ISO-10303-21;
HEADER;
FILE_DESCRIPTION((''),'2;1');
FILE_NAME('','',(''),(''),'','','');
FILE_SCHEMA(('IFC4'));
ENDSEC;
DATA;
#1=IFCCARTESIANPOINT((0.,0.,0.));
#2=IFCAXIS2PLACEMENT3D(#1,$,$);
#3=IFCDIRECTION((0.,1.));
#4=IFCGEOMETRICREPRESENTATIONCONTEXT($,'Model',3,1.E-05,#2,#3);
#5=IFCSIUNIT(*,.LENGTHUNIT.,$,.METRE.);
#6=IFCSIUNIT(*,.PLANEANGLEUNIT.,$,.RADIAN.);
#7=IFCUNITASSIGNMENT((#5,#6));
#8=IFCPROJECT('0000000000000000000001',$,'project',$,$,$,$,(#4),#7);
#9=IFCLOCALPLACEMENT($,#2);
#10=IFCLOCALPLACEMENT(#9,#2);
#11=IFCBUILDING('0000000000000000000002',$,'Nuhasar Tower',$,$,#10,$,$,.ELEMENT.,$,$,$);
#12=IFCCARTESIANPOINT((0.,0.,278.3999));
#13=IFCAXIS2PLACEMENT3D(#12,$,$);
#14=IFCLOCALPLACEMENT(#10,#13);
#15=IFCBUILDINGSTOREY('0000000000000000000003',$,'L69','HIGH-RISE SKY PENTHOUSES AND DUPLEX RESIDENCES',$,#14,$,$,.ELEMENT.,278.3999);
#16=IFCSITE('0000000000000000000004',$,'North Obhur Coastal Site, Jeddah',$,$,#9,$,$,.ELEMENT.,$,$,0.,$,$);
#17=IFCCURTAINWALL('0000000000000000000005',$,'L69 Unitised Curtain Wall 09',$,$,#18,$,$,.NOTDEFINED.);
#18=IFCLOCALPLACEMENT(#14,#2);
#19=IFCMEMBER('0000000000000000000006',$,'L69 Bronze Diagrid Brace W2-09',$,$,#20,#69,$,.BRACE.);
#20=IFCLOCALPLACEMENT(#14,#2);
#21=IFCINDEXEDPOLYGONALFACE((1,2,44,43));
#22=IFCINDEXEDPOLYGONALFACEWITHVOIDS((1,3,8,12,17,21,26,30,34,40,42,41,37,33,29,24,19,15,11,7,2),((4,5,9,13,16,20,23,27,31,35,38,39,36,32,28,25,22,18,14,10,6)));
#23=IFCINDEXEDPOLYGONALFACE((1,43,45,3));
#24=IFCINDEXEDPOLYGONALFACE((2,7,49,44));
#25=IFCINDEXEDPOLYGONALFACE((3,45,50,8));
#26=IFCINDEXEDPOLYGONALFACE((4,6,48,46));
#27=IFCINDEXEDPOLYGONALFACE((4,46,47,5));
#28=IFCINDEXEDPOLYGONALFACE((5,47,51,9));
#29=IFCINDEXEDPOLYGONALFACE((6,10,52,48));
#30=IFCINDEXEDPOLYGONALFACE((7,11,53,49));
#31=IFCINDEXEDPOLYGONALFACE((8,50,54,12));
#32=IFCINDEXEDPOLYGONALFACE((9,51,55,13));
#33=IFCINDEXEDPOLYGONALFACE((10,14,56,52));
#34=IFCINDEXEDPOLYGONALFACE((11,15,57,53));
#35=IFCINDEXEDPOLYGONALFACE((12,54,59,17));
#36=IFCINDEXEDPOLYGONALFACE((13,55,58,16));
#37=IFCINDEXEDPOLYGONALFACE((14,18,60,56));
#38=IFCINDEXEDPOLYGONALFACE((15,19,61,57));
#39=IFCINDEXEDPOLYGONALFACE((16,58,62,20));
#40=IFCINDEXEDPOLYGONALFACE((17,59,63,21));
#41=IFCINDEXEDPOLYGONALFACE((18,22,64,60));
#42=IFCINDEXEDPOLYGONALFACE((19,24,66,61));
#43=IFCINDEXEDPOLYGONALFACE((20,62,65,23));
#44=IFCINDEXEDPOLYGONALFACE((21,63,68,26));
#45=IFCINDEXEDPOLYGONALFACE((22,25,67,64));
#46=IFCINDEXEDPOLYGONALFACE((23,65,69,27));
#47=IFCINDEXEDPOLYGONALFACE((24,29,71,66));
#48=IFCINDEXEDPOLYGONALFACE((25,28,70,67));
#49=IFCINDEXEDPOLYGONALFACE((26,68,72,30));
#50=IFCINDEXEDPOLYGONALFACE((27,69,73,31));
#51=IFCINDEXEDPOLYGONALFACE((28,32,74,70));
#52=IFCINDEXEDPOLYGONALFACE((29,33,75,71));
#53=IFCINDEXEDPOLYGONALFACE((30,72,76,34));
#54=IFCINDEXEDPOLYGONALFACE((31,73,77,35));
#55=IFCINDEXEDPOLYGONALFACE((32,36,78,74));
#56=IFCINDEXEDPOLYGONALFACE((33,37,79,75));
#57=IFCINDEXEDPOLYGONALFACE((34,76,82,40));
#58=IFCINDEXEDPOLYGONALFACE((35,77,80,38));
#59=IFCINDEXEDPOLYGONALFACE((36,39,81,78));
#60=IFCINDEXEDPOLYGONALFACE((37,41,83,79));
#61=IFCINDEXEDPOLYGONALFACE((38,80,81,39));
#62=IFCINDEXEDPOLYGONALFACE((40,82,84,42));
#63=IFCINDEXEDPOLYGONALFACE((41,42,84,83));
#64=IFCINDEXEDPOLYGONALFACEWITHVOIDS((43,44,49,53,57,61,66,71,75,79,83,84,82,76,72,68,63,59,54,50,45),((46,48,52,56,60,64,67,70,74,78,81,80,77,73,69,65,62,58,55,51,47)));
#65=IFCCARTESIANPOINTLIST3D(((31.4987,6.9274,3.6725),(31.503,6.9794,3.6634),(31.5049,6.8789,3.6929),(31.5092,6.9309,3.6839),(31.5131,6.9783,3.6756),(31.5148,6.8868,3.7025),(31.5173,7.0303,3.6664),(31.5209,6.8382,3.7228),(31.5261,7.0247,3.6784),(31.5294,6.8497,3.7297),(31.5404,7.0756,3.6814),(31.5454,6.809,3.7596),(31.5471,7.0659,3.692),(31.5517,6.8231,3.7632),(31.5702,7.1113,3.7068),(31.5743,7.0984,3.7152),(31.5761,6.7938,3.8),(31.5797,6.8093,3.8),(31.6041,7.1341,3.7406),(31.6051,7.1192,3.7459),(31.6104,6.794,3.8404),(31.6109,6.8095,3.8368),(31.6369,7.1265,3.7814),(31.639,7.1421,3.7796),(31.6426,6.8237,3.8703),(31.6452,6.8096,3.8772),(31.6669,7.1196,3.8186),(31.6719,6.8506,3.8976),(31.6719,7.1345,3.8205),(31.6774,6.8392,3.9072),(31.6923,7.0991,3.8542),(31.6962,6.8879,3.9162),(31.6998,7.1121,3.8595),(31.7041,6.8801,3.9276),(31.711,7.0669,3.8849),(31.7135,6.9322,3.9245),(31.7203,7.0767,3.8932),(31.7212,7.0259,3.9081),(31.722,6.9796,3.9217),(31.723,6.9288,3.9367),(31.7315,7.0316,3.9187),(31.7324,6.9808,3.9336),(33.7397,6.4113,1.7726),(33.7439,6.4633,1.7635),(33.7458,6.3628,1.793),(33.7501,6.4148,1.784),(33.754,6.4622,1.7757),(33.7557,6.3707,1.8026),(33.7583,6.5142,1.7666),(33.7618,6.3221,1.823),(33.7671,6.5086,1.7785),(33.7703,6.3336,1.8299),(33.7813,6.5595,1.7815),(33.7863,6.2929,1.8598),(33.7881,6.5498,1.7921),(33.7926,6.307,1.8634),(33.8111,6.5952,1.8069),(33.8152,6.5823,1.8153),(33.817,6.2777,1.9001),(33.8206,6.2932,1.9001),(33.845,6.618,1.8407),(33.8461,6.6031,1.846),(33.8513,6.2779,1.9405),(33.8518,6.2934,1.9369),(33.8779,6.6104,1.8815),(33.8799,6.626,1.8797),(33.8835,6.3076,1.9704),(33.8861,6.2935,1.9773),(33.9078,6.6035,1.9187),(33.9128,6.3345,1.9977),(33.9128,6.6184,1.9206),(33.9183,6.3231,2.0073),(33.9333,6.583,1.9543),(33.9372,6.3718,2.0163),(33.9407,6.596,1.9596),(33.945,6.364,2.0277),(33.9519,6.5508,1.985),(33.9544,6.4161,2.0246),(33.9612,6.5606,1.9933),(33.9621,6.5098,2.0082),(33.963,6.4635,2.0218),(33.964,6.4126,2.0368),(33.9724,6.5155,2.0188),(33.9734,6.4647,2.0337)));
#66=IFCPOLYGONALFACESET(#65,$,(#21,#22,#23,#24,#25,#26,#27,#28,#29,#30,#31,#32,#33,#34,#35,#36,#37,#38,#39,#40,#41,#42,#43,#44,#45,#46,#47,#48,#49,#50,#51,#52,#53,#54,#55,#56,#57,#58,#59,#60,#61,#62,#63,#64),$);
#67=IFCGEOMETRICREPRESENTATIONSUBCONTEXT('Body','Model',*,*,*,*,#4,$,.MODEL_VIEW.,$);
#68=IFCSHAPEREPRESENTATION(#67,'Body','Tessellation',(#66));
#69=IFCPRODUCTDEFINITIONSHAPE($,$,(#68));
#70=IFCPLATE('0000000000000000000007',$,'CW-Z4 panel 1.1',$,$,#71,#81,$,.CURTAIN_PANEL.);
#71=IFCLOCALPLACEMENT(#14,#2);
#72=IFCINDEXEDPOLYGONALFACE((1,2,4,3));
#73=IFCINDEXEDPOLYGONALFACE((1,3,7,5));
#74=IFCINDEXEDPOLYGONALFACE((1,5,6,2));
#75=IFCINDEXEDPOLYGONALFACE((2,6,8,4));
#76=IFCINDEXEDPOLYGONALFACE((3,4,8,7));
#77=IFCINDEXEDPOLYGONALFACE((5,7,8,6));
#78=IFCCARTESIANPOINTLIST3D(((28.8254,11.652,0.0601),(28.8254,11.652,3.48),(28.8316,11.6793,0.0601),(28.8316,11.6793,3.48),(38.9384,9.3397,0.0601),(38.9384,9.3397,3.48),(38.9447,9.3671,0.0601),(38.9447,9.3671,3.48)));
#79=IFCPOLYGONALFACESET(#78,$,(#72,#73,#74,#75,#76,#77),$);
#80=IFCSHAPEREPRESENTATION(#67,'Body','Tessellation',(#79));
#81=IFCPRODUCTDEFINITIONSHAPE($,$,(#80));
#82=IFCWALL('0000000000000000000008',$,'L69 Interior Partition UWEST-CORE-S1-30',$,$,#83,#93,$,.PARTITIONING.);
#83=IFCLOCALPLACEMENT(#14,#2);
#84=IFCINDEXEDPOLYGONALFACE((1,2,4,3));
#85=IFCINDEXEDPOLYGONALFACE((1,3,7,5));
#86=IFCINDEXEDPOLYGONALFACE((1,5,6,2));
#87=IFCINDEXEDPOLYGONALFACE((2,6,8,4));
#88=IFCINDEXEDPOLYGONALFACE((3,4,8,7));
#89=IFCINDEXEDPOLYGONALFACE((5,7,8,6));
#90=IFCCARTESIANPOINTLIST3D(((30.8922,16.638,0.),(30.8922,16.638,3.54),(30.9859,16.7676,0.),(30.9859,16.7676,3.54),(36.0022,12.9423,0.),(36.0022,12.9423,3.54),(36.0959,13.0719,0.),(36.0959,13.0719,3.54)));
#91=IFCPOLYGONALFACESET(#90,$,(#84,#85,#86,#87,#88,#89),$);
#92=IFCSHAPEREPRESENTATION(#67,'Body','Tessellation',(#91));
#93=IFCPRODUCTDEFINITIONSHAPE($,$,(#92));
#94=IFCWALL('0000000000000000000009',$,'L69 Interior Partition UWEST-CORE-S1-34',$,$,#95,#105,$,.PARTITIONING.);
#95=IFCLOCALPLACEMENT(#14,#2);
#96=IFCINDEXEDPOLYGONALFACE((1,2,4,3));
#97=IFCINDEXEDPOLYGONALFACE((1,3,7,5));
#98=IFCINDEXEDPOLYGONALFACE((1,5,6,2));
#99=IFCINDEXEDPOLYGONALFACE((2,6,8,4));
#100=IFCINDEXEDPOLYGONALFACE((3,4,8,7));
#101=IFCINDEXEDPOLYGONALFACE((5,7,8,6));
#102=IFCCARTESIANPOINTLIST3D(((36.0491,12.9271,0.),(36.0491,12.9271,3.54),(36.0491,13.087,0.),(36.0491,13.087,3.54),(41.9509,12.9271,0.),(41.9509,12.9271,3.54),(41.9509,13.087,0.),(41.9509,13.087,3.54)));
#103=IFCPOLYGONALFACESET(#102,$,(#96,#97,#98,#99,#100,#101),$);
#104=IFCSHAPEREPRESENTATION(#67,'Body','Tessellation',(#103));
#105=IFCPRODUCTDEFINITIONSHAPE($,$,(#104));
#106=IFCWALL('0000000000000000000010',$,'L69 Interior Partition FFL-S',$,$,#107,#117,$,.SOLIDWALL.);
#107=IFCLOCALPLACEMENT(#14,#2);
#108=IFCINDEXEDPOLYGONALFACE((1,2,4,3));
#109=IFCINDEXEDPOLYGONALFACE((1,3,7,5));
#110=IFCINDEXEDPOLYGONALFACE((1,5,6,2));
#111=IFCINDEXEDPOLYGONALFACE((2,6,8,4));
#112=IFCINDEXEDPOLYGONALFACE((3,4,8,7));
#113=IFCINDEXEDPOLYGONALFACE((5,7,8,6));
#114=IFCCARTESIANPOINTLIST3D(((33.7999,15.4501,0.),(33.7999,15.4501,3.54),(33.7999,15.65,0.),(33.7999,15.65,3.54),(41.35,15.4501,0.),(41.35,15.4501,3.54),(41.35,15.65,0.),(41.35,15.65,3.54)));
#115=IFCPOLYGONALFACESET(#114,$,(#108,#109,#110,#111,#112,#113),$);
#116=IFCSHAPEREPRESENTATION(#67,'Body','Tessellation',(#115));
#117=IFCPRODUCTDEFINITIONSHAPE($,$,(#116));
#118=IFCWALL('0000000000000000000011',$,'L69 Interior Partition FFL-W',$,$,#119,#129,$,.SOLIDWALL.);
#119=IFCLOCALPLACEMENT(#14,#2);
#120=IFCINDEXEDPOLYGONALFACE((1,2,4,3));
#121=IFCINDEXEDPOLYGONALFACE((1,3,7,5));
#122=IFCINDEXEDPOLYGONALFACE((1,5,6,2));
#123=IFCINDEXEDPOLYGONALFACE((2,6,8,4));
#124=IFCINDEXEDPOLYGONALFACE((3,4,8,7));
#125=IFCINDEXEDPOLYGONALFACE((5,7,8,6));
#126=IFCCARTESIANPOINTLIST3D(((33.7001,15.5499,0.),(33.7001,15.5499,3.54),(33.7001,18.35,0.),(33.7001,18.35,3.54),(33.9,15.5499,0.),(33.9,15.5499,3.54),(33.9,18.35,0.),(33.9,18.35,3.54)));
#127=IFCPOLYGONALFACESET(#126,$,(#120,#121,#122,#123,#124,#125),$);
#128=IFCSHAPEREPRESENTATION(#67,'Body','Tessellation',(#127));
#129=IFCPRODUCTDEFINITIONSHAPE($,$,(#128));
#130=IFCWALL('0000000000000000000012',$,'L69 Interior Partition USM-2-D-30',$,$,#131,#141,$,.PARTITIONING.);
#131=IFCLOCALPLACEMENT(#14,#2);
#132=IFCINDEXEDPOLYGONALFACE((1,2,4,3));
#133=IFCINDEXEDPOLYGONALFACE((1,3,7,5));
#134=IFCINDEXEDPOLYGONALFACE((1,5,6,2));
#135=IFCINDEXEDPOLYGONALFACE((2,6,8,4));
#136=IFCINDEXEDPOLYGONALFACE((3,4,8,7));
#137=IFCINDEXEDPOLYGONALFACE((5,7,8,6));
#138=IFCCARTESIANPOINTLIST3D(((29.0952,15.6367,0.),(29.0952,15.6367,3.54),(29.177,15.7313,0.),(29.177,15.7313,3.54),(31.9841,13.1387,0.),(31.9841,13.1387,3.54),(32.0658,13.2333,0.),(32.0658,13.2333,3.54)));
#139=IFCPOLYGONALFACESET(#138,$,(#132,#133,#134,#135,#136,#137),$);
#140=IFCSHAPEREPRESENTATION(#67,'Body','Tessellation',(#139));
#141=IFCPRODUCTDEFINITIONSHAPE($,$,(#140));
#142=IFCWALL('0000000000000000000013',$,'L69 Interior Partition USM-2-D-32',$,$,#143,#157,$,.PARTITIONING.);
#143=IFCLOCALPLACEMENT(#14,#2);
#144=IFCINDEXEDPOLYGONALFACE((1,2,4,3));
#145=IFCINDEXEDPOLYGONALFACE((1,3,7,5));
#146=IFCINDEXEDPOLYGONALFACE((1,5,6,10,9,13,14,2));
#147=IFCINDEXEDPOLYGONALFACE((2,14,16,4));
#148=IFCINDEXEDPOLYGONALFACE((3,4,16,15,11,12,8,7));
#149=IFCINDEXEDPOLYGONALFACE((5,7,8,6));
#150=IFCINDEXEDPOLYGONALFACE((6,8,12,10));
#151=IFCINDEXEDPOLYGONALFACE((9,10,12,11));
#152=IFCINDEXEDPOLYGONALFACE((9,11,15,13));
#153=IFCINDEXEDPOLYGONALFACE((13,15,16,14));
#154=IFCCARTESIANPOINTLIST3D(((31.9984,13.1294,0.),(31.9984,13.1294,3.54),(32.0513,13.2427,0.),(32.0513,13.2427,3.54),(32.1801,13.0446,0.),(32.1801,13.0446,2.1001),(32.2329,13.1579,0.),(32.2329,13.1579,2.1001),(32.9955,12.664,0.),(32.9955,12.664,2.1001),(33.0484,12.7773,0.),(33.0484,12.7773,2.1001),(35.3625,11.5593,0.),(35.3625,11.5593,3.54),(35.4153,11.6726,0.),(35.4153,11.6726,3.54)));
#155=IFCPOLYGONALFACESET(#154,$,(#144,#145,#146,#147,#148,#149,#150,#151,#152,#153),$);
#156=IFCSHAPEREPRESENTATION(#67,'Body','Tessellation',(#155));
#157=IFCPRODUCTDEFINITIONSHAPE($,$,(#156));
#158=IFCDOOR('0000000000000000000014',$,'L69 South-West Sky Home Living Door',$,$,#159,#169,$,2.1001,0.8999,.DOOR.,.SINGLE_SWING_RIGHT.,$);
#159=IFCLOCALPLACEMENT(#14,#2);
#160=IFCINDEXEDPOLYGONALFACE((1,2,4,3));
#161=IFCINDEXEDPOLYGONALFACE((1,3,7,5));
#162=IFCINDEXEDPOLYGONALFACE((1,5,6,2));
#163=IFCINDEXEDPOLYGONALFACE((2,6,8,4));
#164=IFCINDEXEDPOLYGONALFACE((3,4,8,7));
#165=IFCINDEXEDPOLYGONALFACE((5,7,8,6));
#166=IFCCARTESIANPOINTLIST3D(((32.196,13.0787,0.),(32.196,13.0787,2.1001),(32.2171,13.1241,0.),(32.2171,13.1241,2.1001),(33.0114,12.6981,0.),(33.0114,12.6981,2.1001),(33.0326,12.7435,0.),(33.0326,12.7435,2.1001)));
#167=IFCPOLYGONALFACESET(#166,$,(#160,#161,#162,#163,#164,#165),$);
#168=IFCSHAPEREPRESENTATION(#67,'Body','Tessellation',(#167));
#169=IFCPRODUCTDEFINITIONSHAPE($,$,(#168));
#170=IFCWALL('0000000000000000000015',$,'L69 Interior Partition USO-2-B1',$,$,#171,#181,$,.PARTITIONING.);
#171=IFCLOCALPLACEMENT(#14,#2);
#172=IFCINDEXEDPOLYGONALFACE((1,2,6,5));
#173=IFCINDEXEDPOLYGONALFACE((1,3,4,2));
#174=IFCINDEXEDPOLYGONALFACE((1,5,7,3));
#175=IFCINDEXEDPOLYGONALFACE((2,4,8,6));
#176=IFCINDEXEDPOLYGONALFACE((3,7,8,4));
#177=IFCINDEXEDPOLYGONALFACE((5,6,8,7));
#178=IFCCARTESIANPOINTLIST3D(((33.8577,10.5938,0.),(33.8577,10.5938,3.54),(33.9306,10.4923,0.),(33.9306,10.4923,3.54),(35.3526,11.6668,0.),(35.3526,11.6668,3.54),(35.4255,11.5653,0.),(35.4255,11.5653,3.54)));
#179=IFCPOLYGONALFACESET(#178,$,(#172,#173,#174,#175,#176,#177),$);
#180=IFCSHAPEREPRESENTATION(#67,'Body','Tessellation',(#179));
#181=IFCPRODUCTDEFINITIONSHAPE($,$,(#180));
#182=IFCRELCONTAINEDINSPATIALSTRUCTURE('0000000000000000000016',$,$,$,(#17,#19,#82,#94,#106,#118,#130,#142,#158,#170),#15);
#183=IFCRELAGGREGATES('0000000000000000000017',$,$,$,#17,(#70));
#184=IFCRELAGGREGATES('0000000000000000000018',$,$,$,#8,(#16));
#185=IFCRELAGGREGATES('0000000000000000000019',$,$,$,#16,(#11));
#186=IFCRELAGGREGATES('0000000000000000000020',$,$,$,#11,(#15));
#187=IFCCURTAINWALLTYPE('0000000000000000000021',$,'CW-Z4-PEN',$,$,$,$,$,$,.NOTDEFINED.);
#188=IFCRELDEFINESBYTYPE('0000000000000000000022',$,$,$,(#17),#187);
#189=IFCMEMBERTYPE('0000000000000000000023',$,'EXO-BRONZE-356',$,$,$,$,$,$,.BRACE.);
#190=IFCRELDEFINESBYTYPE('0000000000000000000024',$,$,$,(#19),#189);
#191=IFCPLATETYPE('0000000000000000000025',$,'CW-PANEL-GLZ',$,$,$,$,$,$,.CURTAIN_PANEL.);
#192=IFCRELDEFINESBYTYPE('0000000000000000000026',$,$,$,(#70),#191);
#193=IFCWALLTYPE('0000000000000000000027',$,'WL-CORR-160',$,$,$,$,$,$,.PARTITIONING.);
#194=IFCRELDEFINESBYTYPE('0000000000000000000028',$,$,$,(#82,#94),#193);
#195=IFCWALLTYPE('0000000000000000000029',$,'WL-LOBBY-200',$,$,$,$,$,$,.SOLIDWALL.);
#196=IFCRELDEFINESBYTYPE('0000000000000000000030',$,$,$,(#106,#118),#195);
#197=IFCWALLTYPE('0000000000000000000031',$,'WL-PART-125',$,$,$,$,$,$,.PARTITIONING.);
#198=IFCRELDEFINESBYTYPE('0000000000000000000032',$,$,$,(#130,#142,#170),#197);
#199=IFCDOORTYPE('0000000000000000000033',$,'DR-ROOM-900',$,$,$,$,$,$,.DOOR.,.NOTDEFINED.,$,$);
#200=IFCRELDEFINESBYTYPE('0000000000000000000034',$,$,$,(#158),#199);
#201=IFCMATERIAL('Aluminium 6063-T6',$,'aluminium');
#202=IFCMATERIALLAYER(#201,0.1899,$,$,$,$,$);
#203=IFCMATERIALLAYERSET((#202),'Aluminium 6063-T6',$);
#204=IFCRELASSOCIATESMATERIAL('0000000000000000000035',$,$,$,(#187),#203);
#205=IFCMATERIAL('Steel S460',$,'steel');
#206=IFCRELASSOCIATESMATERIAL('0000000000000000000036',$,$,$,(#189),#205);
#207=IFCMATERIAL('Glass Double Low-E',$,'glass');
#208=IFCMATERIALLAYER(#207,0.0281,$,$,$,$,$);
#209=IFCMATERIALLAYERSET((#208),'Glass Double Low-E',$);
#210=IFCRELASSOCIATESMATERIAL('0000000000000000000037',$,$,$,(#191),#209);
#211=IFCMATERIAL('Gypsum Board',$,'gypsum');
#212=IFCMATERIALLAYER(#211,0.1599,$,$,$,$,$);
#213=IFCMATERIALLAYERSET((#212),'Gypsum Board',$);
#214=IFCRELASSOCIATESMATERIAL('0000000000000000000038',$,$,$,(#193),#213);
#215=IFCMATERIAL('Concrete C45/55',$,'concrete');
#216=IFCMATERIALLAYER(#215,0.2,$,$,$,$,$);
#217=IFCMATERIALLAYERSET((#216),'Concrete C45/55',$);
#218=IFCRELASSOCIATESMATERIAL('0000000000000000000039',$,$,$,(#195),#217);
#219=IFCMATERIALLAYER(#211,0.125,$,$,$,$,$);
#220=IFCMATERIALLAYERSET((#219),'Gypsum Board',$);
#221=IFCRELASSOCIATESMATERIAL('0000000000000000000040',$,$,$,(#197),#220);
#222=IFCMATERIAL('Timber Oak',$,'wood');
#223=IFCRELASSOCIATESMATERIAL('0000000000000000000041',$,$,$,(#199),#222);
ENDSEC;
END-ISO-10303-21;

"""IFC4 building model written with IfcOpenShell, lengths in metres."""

from ifc_helpers import new_model, si_unit, direction, frame, frame_2d, origin, origin_2d, place, context, subcontext, project, spatial, rectangle, hollow_circle, extrude, material, layer, layer_set, material_profile, profile_set, type_object, element, fill, aggregate, save


model = new_model("IFC4")

# Units and contexts
model_context = context("Model", 3, precision=1e-05, world=origin(), true_north=direction((0.0, 1.0)))
body_context = subcontext(model_context, "Body", "Model", "MODEL_VIEW")
ifc_project = project(units=[si_unit("LENGTHUNIT", "METRE"), si_unit("PLANEANGLEUNIT", "RADIAN")], contexts=[model_context])

# Site, building, storey
site_placement = place(None, origin())
site = spatial("IfcSite", under=ifc_project, at=site_placement, Name="North Obhur Coastal Site, Jeddah", CompositionType="ELEMENT", RefElevation=0.0)
building_placement = place(site_placement, origin())
building = spatial("IfcBuilding", under=site, at=building_placement, Name="Nuhasar Tower", CompositionType="ELEMENT")
storey_placement = place(building_placement, frame((0.0, 0.0, 278.3999)))
storey = spatial("IfcBuildingStorey", under=building, at=storey_placement, Name="L69", Description="HIGH-RISE SKY PENTHOUSES AND DUPLEX RESIDENCES", CompositionType="ELEMENT", Elevation=278.3999)

# Curtain wall
ifc_material_1 = material(Name="Aluminium 6063-T6", Category="aluminium")
ifc_layer_1 = layer(ifc_material_1, 0.1899)
ifc_layer_set_1 = layer_set([ifc_layer_1], Name="Aluminium 6063-T6")
curtain_wall_type = type_object("IfcCurtainWallType", Name="CW-Z4-PEN", PredefinedType="NOTDEFINED", material=ifc_layer_set_1)
curtain_wall_placement = place(storey_placement, origin())
curtain_wall = element("IfcCurtainWall", 1, at=curtain_wall_placement, inside=storey, type_object=curtain_wall_type, Name="L69 Unitised Curtain Wall 09", PredefinedType="NOTDEFINED")

# Member
ifc_material_2 = material(Name="Steel S460", Category="steel")
ifc_material_profile_1 = material_profile(ifc_material_2, hollow_circle(Radius=0.1777, WallThickness=0.0159, at=origin_2d()), Name="HSS355.6X15.9")
ifc_profile_set_1 = profile_set([ifc_material_profile_1], Name="Steel S460")
member_type_1 = type_object("IfcMemberType", Name="EXO-BRONZE-356", PredefinedType="BRACE", material=ifc_profile_set_1)
member_1_placement = place(storey_placement, frame((33.8569, 6.4509, 1.9001), z_axis=(-0.751261, 0.173022, 0.636923), x_axis=(-0.224433, -0.97449, 0.0)))
element("IfcMember", 2, at=member_1_placement, inside=storey, type_object=member_type_1, Name="L69 Bronze Diagrid Brace W2-09", PredefinedType="BRACE", context=body_context, shape_type="SweptSolid", body=[
    extrude(hollow_circle(Radius=0.1777, WallThickness=0.0159, at=origin_2d()), origin(), (0.0, 0.0, 1.0), 2.9829),
])

# Plate
ifc_material_3 = material(Name="Glass Double Low-E", Category="glass")
ifc_layer_2 = layer(ifc_material_3, 0.0281)
ifc_layer_set_2 = layer_set([ifc_layer_2], Name="Glass Double Low-E")
plate_type = type_object("IfcPlateType", Name="CW-PANEL-GLZ", PredefinedType="CURTAIN_PANEL", material=ifc_layer_set_2)
plate_placement = place(storey_placement, frame((33.885, 10.5095, 0.0601), z_axis=(0.0, 0.0, 1.0), x_axis=(0.974844, -0.222889, 0.0)))
plate = element("IfcPlate", 3, at=plate_placement, type_object=plate_type, Name="CW-Z4 panel 1.1", PredefinedType="CURTAIN_PANEL", context=body_context, shape_type="SweptSolid", body=[
    extrude(rectangle(XDim=10.374, YDim=0.0281, at=origin_2d()), origin(), (0.0, 0.0, 1.0), 3.4199),
])
aggregate(curtain_wall, [plate])

# Walls
ifc_material_4 = material(Name="Gypsum Board", Category="gypsum")
ifc_layer_3 = layer(ifc_material_4, 0.1599)
ifc_layer_set_3 = layer_set([ifc_layer_3], Name="Gypsum Board")
wall_type_1 = type_object("IfcWallType", Name="WL-CORR-160", PredefinedType="PARTITIONING", material=ifc_layer_set_3)
wall_1_placement = place(storey_placement, frame((30.939, 16.7029, 0.0), z_axis=(0.0, 0.0, 1.0), x_axis=(0.81029, -0.586029, 0.0)))
element("IfcWall", 4, at=wall_1_placement, inside=storey, type_object=wall_type_1, Name="L69 Interior Partition UWEST-CORE-S1-30", PredefinedType="PARTITIONING", context=body_context, shape_type="SweptSolid", body=[
    extrude(rectangle(XDim=6.3064, YDim=0.1599, at=frame_2d((3.1533, 0.0))), origin(), (0.0, 0.0, 1.0), 3.54),
])
wall_2_placement = place(storey_placement, frame((36.0491, 13.0071, 0.0), z_axis=(0.0, 0.0, 1.0), x_axis=(1.0, 0.0, 0.0)))
element("IfcWall", 5, at=wall_2_placement, inside=storey, type_object=wall_type_1, Name="L69 Interior Partition UWEST-CORE-S1-34", PredefinedType="PARTITIONING", context=body_context, shape_type="SweptSolid", body=[
    extrude(rectangle(XDim=5.9019, YDim=0.1599, at=frame_2d((2.9509, 0.0))), origin(), (0.0, 0.0, 1.0), 3.54),
])
ifc_material_5 = material(Name="Concrete C45/55", Category="concrete")
ifc_layer_4 = layer(ifc_material_5, 0.2)
ifc_layer_set_4 = layer_set([ifc_layer_4], Name="Concrete C45/55")
wall_type_2 = type_object("IfcWallType", Name="WL-LOBBY-200", PredefinedType="SOLIDWALL", material=ifc_layer_set_4)
wall_3_placement = place(storey_placement, frame((33.8, 15.55, 0.0), z_axis=(0.0, 0.0, 1.0), x_axis=(1.0, 0.0, 0.0)))
element("IfcWall", 6, at=wall_3_placement, inside=storey, type_object=wall_type_2, Name="L69 Interior Partition FFL-S", PredefinedType="SOLIDWALL", context=body_context, shape_type="SweptSolid", body=[
    extrude(rectangle(XDim=7.55, YDim=0.2, at=frame_2d((3.7749, 0.0))), origin(), (0.0, 0.0, 1.0), 3.54),
])
wall_4_placement = place(storey_placement, frame((33.8, 15.55, 0.0), z_axis=(0.0, 0.0, 1.0), x_axis=(0.0, 1.0, 0.0)))
element("IfcWall", 7, at=wall_4_placement, inside=storey, type_object=wall_type_2, Name="L69 Interior Partition FFL-W", PredefinedType="SOLIDWALL", context=body_context, shape_type="SweptSolid", body=[
    extrude(rectangle(XDim=2.8, YDim=0.2, at=frame_2d((1.3999, 0.0))), origin(), (0.0, 0.0, 1.0), 3.54),
])
ifc_layer_5 = layer(ifc_material_4, 0.125)
ifc_layer_set_5 = layer_set([ifc_layer_5], Name="Gypsum Board")
wall_type_3 = type_object("IfcWallType", Name="WL-PART-125", PredefinedType="PARTITIONING", material=ifc_layer_set_5)
wall_5_placement = place(storey_placement, frame((29.136, 15.6841, 0.0), z_axis=(0.0, 0.0, 1.0), x_axis=(0.756425, -0.654081, 0.0)))
element("IfcWall", 8, at=wall_5_placement, inside=storey, type_object=wall_type_3, Name="L69 Interior Partition USM-2-D-30", PredefinedType="PARTITIONING", context=body_context, shape_type="SweptSolid", body=[
    extrude(rectangle(XDim=3.8191, YDim=0.125, at=frame_2d((1.9097, 0.0))), origin(), (0.0, 0.0, 1.0), 3.54),
])

# Wall, opening, door
wall_6_placement = place(storey_placement, frame((35.3889, 11.616, 0.0), z_axis=(0.0, 0.0, 1.0), x_axis=(-0.906163, 0.422929, 0.0)))
wall_6 = element("IfcWall", 9, at=wall_6_placement, inside=storey, type_object=wall_type_3, Name="L69 Interior Partition USM-2-D-32", PredefinedType="PARTITIONING", context=body_context, shape_type="SweptSolid", body=[
    extrude(rectangle(XDim=3.7124, YDim=0.125, at=frame_2d((1.8562, 0.0))), origin(), (0.0, 0.0, 1.0), 3.54),
])
opening_placement = place(wall_6_placement, frame((2.6121, 0.0, 0.0)))
opening = element("IfcOpeningElement", 10, at=opening_placement, cuts=wall_6, PredefinedType="OPENING", context=body_context, shape_type="SweptSolid", body=[
    extrude(rectangle(XDim=0.8999, YDim=2.1001, at=frame_2d((0.45, 1.05))), frame((0.0, 0.0725, 0.0), z_axis=(0.0, -1.0, 0.0), x_axis=(1.0, 0.0, 0.0)), (0.0, 0.0, 1.0), 0.145),
])
ifc_material_6 = material(Name="Timber Oak", Category="wood")
door_type = type_object("IfcDoorType", Name="DR-ROOM-900", OperationType="NOTDEFINED", PredefinedType="DOOR", material=ifc_material_6)
door_placement = place(opening_placement, origin())
door = element("IfcDoor", 11, at=door_placement, inside=storey, type_object=door_type, Name="L69 South-West Sky Home Living Door", OperationType="SINGLE_SWING_RIGHT", OverallHeight=2.1001, OverallWidth=0.8999, PredefinedType="DOOR", context=body_context, shape_type="SweptSolid", body=[
    extrude(rectangle(XDim=0.8999, YDim=2.1001, at=frame_2d((0.45, 1.05))), frame((0.0, 0.0249, 0.0), z_axis=(0.0, -1.0, 0.0), x_axis=(1.0, 0.0, 0.0)), (0.0, 0.0, 1.0), 0.05),
])
fill(opening, door)

# Wall
wall_7_placement = place(storey_placement, frame((35.3889, 11.616, 0.0), z_axis=(0.0, 0.0, 1.0), x_axis=(-0.812387, -0.583119, 0.0)))
element("IfcWall", 12, at=wall_7_placement, inside=storey, type_object=wall_type_3, Name="L69 Interior Partition USO-2-B1", PredefinedType="PARTITIONING", context=body_context, shape_type="SweptSolid", body=[
    extrude(rectangle(XDim=1.8401, YDim=0.125, at=frame_2d((0.9199, 0.0))), origin(), (0.0, 0.0, 1.0), 3.54),
])

save(model, "model.ifc")
